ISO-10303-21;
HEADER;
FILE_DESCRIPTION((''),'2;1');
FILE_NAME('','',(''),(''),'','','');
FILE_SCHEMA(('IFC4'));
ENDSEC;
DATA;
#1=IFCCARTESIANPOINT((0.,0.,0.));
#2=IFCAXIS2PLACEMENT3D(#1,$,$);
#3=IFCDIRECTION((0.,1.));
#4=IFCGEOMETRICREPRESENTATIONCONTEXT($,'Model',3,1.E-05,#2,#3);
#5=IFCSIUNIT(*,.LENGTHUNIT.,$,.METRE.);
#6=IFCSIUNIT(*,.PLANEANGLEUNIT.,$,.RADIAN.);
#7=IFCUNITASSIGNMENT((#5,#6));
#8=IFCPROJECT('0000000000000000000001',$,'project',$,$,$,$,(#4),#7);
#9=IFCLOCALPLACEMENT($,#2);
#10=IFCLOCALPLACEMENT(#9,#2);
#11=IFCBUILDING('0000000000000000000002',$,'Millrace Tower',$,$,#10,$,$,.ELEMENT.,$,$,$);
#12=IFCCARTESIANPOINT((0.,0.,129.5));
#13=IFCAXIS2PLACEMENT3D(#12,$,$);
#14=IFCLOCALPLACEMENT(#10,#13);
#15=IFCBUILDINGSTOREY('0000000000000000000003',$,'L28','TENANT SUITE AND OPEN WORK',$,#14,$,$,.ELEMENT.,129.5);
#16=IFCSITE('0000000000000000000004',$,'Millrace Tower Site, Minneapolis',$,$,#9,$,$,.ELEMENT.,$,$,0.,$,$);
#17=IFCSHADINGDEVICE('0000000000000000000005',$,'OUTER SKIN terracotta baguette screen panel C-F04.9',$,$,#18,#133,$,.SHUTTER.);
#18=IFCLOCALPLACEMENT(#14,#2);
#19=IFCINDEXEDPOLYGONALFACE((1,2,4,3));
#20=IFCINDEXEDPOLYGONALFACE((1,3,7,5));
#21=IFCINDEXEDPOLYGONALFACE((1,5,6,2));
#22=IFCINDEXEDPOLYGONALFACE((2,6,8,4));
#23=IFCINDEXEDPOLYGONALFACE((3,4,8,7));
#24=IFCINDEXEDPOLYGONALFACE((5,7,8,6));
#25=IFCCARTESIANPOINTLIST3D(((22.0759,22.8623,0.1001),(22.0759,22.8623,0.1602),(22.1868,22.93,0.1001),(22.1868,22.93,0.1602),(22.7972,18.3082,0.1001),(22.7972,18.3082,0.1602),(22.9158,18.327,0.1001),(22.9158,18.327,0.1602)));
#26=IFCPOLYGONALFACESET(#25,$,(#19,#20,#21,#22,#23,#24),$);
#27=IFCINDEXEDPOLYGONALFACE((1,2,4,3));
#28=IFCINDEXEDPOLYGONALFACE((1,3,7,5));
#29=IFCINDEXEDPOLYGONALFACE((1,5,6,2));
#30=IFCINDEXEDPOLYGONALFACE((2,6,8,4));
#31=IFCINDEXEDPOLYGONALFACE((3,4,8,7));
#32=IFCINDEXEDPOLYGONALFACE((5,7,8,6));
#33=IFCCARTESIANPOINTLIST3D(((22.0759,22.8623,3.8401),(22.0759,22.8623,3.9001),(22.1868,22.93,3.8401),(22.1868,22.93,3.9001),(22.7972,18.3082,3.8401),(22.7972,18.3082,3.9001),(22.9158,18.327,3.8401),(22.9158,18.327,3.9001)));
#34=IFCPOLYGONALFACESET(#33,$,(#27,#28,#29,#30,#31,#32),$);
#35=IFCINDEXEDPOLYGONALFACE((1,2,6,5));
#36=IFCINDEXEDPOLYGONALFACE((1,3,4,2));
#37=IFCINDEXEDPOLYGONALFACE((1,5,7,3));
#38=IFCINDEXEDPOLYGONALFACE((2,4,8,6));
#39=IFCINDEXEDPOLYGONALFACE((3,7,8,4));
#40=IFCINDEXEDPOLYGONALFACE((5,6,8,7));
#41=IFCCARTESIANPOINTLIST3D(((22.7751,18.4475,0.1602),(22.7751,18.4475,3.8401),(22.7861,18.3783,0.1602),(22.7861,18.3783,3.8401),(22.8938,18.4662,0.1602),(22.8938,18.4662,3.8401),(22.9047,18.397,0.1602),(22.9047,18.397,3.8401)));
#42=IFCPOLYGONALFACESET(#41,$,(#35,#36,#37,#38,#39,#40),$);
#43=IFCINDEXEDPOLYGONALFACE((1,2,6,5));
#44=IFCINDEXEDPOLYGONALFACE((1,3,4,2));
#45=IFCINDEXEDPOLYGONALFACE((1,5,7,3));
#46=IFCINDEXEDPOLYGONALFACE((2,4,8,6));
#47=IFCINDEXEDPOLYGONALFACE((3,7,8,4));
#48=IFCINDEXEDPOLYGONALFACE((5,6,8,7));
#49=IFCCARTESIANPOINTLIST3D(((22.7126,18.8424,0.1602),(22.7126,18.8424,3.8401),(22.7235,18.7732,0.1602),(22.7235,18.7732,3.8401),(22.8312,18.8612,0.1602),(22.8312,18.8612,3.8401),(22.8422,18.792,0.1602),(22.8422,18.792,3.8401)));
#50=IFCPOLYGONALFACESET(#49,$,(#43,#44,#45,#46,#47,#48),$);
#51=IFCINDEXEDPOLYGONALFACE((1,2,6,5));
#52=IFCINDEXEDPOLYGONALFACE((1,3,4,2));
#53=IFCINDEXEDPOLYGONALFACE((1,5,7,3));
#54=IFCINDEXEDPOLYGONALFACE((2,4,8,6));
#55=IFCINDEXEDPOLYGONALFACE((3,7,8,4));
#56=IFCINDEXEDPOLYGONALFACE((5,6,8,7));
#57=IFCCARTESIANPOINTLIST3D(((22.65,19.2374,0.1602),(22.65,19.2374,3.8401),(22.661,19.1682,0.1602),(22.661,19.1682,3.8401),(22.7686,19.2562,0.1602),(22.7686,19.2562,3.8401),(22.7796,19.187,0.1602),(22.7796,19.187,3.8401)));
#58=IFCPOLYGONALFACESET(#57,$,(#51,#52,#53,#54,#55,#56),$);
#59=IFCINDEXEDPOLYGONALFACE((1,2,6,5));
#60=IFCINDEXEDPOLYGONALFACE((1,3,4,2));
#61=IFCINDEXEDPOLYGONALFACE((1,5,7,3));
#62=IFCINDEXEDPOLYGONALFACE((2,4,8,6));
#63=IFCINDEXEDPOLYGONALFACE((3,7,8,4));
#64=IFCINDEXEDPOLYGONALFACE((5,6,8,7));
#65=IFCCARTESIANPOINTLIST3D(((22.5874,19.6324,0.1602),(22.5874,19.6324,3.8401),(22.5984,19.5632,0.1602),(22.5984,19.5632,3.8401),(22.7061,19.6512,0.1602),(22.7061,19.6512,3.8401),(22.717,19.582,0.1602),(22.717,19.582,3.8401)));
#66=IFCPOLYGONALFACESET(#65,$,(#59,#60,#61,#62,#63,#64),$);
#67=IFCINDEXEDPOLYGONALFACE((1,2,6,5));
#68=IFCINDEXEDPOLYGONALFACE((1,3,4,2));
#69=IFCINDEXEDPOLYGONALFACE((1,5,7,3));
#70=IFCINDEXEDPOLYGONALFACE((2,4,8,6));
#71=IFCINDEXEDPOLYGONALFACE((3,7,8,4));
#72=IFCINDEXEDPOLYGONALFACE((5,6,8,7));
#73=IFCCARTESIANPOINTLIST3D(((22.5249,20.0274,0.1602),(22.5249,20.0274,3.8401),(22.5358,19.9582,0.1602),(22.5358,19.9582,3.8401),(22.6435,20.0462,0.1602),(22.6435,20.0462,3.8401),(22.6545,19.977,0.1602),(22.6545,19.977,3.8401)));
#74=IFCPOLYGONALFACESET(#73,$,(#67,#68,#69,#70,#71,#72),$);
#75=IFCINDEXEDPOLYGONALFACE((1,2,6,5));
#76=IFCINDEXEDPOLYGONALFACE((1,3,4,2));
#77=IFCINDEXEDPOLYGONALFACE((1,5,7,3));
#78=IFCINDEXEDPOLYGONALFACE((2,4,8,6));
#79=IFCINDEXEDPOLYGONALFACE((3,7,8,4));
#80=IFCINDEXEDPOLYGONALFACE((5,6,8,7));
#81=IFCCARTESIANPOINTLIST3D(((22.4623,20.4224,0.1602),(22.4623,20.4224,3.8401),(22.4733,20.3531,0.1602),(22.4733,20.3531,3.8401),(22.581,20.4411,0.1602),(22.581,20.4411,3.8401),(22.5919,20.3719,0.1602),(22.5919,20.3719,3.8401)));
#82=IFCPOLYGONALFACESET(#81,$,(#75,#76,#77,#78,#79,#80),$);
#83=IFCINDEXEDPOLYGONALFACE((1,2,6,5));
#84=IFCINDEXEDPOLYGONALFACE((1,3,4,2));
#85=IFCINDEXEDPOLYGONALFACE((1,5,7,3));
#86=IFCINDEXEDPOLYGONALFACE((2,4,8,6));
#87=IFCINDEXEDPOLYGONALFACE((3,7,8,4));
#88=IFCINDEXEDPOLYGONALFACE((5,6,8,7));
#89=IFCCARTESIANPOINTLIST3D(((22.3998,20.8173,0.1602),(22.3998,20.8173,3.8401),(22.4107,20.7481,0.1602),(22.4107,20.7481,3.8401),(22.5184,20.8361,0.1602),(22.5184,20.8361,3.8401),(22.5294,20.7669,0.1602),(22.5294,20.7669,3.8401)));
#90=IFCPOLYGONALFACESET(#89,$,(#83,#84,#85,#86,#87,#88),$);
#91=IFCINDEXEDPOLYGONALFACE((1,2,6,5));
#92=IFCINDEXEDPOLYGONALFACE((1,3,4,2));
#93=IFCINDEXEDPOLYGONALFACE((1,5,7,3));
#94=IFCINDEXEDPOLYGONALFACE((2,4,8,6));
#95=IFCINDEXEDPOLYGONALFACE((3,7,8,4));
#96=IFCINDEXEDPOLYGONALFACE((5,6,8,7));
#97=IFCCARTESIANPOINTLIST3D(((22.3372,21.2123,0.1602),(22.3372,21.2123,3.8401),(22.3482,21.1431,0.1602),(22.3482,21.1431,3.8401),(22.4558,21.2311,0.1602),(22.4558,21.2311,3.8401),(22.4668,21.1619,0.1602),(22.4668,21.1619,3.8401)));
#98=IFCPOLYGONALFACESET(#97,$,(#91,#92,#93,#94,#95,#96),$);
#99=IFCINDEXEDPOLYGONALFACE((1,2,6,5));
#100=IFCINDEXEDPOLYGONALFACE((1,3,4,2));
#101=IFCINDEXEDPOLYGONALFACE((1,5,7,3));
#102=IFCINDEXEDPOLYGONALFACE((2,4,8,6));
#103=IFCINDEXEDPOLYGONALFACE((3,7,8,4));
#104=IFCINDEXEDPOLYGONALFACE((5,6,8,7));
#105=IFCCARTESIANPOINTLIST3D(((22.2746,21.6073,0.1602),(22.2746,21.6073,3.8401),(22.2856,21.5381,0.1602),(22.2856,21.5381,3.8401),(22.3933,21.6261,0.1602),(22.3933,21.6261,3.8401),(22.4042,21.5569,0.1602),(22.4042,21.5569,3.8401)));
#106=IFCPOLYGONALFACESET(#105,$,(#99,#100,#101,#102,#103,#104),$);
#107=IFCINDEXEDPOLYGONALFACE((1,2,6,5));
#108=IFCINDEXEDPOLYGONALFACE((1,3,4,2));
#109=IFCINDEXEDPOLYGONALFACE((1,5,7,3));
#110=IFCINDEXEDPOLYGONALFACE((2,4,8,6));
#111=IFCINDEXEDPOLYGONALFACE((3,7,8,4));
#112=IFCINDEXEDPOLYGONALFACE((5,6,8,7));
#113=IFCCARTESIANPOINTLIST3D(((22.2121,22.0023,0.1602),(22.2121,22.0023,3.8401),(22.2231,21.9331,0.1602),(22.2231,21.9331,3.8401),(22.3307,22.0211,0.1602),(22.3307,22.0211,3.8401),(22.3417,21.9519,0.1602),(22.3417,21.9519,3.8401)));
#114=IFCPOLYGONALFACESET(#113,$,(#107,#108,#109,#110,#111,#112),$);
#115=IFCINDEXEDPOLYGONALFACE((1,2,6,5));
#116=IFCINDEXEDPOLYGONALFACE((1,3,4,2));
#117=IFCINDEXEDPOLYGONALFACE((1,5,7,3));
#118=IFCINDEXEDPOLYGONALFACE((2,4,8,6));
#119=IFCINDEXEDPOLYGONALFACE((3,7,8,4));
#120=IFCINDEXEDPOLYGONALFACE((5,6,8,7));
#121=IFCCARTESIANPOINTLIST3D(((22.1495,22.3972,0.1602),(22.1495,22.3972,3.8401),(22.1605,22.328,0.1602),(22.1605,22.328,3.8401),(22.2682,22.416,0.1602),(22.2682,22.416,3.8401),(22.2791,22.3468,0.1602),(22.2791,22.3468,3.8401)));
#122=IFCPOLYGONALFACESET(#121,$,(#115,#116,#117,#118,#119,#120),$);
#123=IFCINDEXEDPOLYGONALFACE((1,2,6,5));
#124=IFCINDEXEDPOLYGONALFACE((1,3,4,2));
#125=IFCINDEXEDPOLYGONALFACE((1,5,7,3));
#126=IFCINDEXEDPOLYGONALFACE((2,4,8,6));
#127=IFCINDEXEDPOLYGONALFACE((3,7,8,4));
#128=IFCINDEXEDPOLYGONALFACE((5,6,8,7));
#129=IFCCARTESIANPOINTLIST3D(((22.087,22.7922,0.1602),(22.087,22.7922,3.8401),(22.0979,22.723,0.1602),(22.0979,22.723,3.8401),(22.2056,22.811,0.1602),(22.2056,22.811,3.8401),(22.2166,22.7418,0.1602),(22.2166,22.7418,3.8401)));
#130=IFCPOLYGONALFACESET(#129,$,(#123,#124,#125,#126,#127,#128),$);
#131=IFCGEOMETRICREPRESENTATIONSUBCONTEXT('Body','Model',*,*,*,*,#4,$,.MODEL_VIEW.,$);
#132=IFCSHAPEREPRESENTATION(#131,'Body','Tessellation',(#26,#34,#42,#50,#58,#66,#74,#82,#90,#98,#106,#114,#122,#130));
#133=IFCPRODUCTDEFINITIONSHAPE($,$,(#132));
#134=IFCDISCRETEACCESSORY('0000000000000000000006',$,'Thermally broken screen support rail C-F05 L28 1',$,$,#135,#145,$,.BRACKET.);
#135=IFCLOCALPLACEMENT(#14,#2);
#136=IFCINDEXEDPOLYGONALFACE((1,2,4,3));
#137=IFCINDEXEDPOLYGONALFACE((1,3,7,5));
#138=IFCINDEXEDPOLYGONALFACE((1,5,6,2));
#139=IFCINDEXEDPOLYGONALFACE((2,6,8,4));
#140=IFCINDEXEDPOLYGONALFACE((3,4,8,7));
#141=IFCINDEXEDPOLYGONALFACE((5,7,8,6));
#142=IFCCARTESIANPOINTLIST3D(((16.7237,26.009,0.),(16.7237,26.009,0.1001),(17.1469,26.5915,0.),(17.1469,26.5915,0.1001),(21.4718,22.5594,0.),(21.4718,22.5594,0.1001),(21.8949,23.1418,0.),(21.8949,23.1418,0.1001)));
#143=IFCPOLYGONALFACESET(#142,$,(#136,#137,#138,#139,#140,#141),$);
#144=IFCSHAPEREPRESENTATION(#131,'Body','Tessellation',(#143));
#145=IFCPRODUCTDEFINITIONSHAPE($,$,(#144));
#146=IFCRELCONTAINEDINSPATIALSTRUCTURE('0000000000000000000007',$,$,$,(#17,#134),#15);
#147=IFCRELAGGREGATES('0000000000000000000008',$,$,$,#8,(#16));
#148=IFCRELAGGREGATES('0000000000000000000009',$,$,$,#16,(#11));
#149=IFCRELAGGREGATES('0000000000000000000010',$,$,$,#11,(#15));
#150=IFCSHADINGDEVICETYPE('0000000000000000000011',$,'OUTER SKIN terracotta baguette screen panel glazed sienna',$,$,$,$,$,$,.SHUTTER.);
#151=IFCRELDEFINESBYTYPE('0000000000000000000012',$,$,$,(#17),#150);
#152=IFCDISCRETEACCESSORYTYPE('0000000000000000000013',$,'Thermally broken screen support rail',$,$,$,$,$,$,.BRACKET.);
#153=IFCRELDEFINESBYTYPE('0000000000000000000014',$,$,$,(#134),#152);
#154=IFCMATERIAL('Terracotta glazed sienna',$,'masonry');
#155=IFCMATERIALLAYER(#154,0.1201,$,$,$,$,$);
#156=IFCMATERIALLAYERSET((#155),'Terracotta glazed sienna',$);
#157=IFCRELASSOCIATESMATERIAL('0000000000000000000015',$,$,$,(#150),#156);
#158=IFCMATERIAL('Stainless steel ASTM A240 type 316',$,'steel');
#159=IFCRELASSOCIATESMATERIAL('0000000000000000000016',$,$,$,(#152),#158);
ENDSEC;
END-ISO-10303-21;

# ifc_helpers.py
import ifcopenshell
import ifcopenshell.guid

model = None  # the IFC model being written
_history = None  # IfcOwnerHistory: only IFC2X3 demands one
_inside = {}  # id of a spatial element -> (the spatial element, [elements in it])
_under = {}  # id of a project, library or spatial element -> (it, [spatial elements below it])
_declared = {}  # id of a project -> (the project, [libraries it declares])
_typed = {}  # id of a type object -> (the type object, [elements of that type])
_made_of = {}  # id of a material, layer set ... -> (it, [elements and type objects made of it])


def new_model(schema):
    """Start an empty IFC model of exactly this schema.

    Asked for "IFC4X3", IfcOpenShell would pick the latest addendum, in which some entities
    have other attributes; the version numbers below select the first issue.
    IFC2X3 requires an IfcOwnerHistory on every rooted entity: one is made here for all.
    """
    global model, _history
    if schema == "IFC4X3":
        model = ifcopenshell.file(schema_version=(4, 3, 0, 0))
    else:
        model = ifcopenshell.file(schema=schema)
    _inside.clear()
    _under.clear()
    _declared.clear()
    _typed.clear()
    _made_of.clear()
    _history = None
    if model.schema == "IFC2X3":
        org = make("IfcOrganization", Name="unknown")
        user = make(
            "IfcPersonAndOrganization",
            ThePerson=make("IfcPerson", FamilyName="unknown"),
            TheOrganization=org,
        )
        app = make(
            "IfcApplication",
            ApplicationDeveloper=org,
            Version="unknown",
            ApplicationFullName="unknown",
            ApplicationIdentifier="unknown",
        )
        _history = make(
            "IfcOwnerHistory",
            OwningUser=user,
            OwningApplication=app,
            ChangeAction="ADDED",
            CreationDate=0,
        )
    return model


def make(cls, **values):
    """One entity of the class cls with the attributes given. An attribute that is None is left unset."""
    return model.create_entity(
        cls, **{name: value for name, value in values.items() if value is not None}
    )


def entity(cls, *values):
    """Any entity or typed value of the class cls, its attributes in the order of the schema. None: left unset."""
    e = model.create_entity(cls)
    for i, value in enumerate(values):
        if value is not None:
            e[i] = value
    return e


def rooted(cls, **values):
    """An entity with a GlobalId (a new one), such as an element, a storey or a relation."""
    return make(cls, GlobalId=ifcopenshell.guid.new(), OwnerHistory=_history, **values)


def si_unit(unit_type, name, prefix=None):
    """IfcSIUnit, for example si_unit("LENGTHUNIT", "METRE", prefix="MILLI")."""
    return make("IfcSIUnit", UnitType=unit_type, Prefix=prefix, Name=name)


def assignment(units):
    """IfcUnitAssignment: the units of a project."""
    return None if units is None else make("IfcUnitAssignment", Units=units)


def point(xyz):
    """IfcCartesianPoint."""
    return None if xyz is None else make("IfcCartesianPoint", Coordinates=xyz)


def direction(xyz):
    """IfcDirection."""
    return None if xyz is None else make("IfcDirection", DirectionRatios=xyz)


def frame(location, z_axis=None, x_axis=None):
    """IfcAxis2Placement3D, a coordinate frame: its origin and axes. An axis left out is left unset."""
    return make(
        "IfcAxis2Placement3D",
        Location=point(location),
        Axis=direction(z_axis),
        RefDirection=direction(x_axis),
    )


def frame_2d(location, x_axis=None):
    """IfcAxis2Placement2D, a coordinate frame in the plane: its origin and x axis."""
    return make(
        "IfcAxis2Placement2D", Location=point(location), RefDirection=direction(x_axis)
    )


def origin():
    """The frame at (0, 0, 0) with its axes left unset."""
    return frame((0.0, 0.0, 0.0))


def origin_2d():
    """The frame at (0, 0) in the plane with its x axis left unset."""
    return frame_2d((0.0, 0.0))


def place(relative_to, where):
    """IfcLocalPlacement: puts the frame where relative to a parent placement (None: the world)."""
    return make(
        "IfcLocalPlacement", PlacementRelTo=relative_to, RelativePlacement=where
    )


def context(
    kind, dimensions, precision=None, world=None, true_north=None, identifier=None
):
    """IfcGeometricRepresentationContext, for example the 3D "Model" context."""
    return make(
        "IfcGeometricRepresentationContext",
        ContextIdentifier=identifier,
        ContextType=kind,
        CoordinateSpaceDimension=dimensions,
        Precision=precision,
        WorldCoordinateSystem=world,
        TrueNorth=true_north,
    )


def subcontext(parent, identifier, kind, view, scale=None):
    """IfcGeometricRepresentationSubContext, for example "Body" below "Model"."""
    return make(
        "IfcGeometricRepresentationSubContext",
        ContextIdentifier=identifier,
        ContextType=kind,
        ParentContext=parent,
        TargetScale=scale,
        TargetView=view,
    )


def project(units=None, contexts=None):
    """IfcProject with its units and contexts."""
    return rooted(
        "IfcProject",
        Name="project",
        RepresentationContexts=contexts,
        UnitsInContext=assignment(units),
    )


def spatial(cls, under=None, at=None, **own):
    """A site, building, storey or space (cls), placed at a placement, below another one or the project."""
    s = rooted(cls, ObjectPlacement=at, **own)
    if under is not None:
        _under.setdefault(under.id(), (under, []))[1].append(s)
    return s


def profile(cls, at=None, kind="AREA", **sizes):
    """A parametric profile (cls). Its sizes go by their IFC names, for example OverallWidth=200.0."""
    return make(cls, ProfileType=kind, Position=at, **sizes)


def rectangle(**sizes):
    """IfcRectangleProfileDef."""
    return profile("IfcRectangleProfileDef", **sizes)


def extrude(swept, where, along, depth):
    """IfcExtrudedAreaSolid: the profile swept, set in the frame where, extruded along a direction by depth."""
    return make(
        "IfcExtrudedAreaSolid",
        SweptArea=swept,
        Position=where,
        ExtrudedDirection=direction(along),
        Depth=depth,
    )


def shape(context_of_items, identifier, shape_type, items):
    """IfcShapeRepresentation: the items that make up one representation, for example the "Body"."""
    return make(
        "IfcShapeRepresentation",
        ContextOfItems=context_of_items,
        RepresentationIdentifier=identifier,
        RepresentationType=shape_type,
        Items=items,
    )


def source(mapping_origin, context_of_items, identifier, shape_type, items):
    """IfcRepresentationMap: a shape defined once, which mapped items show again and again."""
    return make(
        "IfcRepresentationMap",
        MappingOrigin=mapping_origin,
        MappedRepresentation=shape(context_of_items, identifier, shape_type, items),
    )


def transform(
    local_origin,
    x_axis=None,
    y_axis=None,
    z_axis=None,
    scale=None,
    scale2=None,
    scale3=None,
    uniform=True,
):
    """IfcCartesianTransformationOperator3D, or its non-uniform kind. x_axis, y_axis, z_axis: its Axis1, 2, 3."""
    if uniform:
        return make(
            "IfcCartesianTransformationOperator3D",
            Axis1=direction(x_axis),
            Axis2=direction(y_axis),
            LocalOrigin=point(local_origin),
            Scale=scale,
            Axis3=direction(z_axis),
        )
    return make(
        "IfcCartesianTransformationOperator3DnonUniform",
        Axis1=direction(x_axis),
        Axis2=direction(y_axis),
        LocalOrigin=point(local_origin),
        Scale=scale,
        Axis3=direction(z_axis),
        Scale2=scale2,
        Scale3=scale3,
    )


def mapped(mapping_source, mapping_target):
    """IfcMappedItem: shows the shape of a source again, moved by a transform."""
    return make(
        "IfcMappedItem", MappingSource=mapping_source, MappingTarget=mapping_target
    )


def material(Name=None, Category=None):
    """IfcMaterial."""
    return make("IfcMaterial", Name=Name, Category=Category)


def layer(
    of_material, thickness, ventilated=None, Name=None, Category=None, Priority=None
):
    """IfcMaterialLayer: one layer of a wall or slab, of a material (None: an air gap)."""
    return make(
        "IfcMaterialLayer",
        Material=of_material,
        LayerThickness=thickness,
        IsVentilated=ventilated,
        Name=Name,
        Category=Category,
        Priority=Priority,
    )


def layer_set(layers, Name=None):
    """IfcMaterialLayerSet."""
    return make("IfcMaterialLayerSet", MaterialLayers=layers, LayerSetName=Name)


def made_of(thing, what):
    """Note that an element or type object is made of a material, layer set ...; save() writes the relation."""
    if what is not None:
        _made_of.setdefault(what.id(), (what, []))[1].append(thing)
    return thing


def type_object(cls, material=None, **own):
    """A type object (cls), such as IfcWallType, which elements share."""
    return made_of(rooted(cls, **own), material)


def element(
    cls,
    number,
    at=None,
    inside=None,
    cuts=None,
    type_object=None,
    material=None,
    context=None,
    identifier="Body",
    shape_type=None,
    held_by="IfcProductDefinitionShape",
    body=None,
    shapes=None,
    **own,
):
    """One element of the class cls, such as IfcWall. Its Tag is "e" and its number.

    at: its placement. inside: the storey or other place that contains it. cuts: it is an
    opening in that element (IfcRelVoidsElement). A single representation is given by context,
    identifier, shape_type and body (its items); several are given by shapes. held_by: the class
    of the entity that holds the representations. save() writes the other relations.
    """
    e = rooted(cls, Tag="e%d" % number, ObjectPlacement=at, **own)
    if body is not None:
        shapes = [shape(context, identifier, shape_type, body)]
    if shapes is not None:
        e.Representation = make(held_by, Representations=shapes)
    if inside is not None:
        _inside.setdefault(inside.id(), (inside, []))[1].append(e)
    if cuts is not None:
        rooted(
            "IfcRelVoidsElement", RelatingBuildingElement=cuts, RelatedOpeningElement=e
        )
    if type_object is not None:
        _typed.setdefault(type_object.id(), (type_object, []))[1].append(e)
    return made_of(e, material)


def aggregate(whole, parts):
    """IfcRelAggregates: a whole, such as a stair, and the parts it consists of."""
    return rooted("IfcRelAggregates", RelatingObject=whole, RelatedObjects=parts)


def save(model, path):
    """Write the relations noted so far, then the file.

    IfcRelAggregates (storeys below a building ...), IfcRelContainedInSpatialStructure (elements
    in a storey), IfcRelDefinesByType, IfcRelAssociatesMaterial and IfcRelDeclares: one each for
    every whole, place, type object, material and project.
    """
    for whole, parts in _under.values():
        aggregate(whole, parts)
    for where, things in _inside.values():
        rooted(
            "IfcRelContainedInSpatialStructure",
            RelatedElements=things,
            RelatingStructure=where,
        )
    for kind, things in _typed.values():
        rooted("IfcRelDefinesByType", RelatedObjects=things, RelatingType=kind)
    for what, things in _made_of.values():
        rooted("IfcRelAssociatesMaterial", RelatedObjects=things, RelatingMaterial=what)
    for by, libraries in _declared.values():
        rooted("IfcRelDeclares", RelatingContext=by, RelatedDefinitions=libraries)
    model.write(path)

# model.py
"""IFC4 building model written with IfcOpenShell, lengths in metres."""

from ifc_helpers import new_model, entity, si_unit, direction, frame, frame_2d, origin, origin_2d, place, context, subcontext, project, spatial, rectangle, extrude, source, transform, mapped, material, layer, layer_set, type_object, element, save


model = new_model("IFC4")

# Units and contexts
model_context = context("Model", 3, precision=1e-05, world=origin(), true_north=direction((0.0, 1.0)))
body_context = subcontext(model_context, "Body", "Model", "MODEL_VIEW")
ifc_project = project(units=[si_unit("LENGTHUNIT", "METRE"), si_unit("PLANEANGLEUNIT", "RADIAN")], contexts=[model_context])

# Site, building, storey
site_placement = place(None, origin())
site = spatial("IfcSite", under=ifc_project, at=site_placement, Name="Millrace Tower Site, Minneapolis", CompositionType="ELEMENT", RefElevation=0.0)
building_placement = place(site_placement, origin())
building = spatial("IfcBuilding", under=site, at=building_placement, Name="Millrace Tower", CompositionType="ELEMENT")
storey_placement = place(building_placement, frame((0.0, 0.0, 129.5)))
storey = spatial("IfcBuildingStorey", under=building, at=storey_placement, Name="L28", Description="TENANT SUITE AND OPEN WORK", CompositionType="ELEMENT", Elevation=129.5)

# Shading device
ifc_material_1 = material(Name="Terracotta glazed sienna", Category="masonry")
ifc_layer_1 = layer(ifc_material_1, 0.1201)
ifc_layer_set_1 = layer_set([ifc_layer_1], Name="Terracotta glazed sienna")
shading_device_type = type_object("IfcShadingDeviceType", Name="OUTER SKIN terracotta baguette screen panel glazed sienna", PredefinedType="SHUTTER", material=ifc_layer_set_1)
cartesian_point_1 = entity("IfcCartesianPoint", [-2.3179, 0.0601])
shared_polyline_1 = entity("IfcPolyline", [cartesian_point_1, entity("IfcCartesianPoint", [2.293, 0.0601]), entity("IfcCartesianPoint", [2.3425, -0.0601]), entity("IfcCartesianPoint", [-2.3179, -0.0601]), cartesian_point_1])
shared_shape_1 = source(origin(), body_context, "Body", "SweptSolid", [
    entity("IfcExtrudedAreaSolid", entity("IfcArbitraryClosedProfileDef", "AREA", None, shared_polyline_1), entity("IfcAxis2Placement3D", entity("IfcCartesianPoint", [0.0, 0.0, 0.0])), entity("IfcDirection", [0.0, 0.0, 1.0]), 0.0601),
    entity("IfcExtrudedAreaSolid", entity("IfcArbitraryClosedProfileDef", "AREA", None, shared_polyline_1), entity("IfcAxis2Placement3D", entity("IfcCartesianPoint", [0.0, 0.0, 3.74])), entity("IfcDirection", [0.0, 0.0, 1.0]), 0.0601),
    extrude(rectangle(XDim=0.0701, YDim=0.1201, at=frame_2d((-2.2119, 0.0))), frame((0.0, 0.0, 0.0601)), (0.0, 0.0, 1.0), 3.6799),
    extrude(rectangle(XDim=0.0701, YDim=0.1201, at=frame_2d((-1.812, 0.0))), frame((0.0, 0.0, 0.0601)), (0.0, 0.0, 1.0), 3.6799),
    extrude(rectangle(XDim=0.0701, YDim=0.1201, at=frame_2d((-1.4121, 0.0))), frame((0.0, 0.0, 0.0601)), (0.0, 0.0, 1.0), 3.6799),
    extrude(rectangle(XDim=0.0701, YDim=0.1201, at=frame_2d((-1.0122, 0.0))), frame((0.0, 0.0, 0.0601)), (0.0, 0.0, 1.0), 3.6799),
    extrude(rectangle(XDim=0.0701, YDim=0.1201, at=frame_2d((-0.6123, 0.0))), frame((0.0, 0.0, 0.0601)), (0.0, 0.0, 1.0), 3.6799),
    extrude(rectangle(XDim=0.0701, YDim=0.1201, at=frame_2d((-0.2124, 0.0))), frame((0.0, 0.0, 0.0601)), (0.0, 0.0, 1.0), 3.6799),
    extrude(rectangle(XDim=0.0701, YDim=0.1201, at=frame_2d((0.1875, 0.0))), frame((0.0, 0.0, 0.0601)), (0.0, 0.0, 1.0), 3.6799),
    extrude(rectangle(XDim=0.0701, YDim=0.1201, at=frame_2d((0.5874, 0.0))), frame((0.0, 0.0, 0.0601)), (0.0, 0.0, 1.0), 3.6799),
    extrude(rectangle(XDim=0.0701, YDim=0.1201, at=frame_2d((0.9873, 0.0))), frame((0.0, 0.0, 0.0601)), (0.0, 0.0, 1.0), 3.6799),
    extrude(rectangle(XDim=0.0701, YDim=0.1201, at=frame_2d((1.3872, 0.0))), frame((0.0, 0.0, 0.0601)), (0.0, 0.0, 1.0), 3.6799),
    extrude(rectangle(XDim=0.0701, YDim=0.1201, at=frame_2d((1.7871, 0.0))), frame((0.0, 0.0, 0.0601)), (0.0, 0.0, 1.0), 3.6799),
    extrude(rectangle(XDim=0.0701, YDim=0.1201, at=frame_2d((2.187, 0.0))), frame((0.0, 0.0, 0.0601)), (0.0, 0.0, 1.0), 3.6799),
])
shading_device_1_placement = place(storey_placement, frame((22.4939, 20.6069, 0.1001), z_axis=(0.0, 0.0, 1.0), x_axis=(-0.156434, 0.987688, 0.0)))
element("IfcShadingDevice", 1, at=shading_device_1_placement, inside=storey, type_object=shading_device_type, Name="OUTER SKIN terracotta baguette screen panel C-F04.9", PredefinedType="SHUTTER", context=body_context, shape_type="MappedRepresentation", body=[
    mapped(shared_shape_1, transform((0.0, 0.0, 0.0), scale=1.0)),
])

# Discrete accessory
ifc_material_2 = material(Name="Stainless steel ASTM A240 type 316", Category="steel")
discrete_accessory_type = type_object("IfcDiscreteAccessoryType", Name="Thermally broken screen support rail", PredefinedType="BRACKET", material=ifc_material_2)
discrete_accessory_placement = place(storey_placement, frame((19.3093, 24.5754, 0.0), z_axis=(0.0, 0.0, 1.0), x_axis=(-0.809017, 0.587785, 0.0)))
element("IfcDiscreteAccessory", 2, at=discrete_accessory_placement, inside=storey, type_object=discrete_accessory_type, Name="Thermally broken screen support rail C-F05 L28 1", PredefinedType="BRACKET", context=body_context, shape_type="SweptSolid", body=[
    extrude(rectangle(XDim=5.8689, YDim=0.72, at=origin_2d()), origin(), (0.0, 0.0, 1.0), 0.1001),
])

save(model, "model.ifc")
